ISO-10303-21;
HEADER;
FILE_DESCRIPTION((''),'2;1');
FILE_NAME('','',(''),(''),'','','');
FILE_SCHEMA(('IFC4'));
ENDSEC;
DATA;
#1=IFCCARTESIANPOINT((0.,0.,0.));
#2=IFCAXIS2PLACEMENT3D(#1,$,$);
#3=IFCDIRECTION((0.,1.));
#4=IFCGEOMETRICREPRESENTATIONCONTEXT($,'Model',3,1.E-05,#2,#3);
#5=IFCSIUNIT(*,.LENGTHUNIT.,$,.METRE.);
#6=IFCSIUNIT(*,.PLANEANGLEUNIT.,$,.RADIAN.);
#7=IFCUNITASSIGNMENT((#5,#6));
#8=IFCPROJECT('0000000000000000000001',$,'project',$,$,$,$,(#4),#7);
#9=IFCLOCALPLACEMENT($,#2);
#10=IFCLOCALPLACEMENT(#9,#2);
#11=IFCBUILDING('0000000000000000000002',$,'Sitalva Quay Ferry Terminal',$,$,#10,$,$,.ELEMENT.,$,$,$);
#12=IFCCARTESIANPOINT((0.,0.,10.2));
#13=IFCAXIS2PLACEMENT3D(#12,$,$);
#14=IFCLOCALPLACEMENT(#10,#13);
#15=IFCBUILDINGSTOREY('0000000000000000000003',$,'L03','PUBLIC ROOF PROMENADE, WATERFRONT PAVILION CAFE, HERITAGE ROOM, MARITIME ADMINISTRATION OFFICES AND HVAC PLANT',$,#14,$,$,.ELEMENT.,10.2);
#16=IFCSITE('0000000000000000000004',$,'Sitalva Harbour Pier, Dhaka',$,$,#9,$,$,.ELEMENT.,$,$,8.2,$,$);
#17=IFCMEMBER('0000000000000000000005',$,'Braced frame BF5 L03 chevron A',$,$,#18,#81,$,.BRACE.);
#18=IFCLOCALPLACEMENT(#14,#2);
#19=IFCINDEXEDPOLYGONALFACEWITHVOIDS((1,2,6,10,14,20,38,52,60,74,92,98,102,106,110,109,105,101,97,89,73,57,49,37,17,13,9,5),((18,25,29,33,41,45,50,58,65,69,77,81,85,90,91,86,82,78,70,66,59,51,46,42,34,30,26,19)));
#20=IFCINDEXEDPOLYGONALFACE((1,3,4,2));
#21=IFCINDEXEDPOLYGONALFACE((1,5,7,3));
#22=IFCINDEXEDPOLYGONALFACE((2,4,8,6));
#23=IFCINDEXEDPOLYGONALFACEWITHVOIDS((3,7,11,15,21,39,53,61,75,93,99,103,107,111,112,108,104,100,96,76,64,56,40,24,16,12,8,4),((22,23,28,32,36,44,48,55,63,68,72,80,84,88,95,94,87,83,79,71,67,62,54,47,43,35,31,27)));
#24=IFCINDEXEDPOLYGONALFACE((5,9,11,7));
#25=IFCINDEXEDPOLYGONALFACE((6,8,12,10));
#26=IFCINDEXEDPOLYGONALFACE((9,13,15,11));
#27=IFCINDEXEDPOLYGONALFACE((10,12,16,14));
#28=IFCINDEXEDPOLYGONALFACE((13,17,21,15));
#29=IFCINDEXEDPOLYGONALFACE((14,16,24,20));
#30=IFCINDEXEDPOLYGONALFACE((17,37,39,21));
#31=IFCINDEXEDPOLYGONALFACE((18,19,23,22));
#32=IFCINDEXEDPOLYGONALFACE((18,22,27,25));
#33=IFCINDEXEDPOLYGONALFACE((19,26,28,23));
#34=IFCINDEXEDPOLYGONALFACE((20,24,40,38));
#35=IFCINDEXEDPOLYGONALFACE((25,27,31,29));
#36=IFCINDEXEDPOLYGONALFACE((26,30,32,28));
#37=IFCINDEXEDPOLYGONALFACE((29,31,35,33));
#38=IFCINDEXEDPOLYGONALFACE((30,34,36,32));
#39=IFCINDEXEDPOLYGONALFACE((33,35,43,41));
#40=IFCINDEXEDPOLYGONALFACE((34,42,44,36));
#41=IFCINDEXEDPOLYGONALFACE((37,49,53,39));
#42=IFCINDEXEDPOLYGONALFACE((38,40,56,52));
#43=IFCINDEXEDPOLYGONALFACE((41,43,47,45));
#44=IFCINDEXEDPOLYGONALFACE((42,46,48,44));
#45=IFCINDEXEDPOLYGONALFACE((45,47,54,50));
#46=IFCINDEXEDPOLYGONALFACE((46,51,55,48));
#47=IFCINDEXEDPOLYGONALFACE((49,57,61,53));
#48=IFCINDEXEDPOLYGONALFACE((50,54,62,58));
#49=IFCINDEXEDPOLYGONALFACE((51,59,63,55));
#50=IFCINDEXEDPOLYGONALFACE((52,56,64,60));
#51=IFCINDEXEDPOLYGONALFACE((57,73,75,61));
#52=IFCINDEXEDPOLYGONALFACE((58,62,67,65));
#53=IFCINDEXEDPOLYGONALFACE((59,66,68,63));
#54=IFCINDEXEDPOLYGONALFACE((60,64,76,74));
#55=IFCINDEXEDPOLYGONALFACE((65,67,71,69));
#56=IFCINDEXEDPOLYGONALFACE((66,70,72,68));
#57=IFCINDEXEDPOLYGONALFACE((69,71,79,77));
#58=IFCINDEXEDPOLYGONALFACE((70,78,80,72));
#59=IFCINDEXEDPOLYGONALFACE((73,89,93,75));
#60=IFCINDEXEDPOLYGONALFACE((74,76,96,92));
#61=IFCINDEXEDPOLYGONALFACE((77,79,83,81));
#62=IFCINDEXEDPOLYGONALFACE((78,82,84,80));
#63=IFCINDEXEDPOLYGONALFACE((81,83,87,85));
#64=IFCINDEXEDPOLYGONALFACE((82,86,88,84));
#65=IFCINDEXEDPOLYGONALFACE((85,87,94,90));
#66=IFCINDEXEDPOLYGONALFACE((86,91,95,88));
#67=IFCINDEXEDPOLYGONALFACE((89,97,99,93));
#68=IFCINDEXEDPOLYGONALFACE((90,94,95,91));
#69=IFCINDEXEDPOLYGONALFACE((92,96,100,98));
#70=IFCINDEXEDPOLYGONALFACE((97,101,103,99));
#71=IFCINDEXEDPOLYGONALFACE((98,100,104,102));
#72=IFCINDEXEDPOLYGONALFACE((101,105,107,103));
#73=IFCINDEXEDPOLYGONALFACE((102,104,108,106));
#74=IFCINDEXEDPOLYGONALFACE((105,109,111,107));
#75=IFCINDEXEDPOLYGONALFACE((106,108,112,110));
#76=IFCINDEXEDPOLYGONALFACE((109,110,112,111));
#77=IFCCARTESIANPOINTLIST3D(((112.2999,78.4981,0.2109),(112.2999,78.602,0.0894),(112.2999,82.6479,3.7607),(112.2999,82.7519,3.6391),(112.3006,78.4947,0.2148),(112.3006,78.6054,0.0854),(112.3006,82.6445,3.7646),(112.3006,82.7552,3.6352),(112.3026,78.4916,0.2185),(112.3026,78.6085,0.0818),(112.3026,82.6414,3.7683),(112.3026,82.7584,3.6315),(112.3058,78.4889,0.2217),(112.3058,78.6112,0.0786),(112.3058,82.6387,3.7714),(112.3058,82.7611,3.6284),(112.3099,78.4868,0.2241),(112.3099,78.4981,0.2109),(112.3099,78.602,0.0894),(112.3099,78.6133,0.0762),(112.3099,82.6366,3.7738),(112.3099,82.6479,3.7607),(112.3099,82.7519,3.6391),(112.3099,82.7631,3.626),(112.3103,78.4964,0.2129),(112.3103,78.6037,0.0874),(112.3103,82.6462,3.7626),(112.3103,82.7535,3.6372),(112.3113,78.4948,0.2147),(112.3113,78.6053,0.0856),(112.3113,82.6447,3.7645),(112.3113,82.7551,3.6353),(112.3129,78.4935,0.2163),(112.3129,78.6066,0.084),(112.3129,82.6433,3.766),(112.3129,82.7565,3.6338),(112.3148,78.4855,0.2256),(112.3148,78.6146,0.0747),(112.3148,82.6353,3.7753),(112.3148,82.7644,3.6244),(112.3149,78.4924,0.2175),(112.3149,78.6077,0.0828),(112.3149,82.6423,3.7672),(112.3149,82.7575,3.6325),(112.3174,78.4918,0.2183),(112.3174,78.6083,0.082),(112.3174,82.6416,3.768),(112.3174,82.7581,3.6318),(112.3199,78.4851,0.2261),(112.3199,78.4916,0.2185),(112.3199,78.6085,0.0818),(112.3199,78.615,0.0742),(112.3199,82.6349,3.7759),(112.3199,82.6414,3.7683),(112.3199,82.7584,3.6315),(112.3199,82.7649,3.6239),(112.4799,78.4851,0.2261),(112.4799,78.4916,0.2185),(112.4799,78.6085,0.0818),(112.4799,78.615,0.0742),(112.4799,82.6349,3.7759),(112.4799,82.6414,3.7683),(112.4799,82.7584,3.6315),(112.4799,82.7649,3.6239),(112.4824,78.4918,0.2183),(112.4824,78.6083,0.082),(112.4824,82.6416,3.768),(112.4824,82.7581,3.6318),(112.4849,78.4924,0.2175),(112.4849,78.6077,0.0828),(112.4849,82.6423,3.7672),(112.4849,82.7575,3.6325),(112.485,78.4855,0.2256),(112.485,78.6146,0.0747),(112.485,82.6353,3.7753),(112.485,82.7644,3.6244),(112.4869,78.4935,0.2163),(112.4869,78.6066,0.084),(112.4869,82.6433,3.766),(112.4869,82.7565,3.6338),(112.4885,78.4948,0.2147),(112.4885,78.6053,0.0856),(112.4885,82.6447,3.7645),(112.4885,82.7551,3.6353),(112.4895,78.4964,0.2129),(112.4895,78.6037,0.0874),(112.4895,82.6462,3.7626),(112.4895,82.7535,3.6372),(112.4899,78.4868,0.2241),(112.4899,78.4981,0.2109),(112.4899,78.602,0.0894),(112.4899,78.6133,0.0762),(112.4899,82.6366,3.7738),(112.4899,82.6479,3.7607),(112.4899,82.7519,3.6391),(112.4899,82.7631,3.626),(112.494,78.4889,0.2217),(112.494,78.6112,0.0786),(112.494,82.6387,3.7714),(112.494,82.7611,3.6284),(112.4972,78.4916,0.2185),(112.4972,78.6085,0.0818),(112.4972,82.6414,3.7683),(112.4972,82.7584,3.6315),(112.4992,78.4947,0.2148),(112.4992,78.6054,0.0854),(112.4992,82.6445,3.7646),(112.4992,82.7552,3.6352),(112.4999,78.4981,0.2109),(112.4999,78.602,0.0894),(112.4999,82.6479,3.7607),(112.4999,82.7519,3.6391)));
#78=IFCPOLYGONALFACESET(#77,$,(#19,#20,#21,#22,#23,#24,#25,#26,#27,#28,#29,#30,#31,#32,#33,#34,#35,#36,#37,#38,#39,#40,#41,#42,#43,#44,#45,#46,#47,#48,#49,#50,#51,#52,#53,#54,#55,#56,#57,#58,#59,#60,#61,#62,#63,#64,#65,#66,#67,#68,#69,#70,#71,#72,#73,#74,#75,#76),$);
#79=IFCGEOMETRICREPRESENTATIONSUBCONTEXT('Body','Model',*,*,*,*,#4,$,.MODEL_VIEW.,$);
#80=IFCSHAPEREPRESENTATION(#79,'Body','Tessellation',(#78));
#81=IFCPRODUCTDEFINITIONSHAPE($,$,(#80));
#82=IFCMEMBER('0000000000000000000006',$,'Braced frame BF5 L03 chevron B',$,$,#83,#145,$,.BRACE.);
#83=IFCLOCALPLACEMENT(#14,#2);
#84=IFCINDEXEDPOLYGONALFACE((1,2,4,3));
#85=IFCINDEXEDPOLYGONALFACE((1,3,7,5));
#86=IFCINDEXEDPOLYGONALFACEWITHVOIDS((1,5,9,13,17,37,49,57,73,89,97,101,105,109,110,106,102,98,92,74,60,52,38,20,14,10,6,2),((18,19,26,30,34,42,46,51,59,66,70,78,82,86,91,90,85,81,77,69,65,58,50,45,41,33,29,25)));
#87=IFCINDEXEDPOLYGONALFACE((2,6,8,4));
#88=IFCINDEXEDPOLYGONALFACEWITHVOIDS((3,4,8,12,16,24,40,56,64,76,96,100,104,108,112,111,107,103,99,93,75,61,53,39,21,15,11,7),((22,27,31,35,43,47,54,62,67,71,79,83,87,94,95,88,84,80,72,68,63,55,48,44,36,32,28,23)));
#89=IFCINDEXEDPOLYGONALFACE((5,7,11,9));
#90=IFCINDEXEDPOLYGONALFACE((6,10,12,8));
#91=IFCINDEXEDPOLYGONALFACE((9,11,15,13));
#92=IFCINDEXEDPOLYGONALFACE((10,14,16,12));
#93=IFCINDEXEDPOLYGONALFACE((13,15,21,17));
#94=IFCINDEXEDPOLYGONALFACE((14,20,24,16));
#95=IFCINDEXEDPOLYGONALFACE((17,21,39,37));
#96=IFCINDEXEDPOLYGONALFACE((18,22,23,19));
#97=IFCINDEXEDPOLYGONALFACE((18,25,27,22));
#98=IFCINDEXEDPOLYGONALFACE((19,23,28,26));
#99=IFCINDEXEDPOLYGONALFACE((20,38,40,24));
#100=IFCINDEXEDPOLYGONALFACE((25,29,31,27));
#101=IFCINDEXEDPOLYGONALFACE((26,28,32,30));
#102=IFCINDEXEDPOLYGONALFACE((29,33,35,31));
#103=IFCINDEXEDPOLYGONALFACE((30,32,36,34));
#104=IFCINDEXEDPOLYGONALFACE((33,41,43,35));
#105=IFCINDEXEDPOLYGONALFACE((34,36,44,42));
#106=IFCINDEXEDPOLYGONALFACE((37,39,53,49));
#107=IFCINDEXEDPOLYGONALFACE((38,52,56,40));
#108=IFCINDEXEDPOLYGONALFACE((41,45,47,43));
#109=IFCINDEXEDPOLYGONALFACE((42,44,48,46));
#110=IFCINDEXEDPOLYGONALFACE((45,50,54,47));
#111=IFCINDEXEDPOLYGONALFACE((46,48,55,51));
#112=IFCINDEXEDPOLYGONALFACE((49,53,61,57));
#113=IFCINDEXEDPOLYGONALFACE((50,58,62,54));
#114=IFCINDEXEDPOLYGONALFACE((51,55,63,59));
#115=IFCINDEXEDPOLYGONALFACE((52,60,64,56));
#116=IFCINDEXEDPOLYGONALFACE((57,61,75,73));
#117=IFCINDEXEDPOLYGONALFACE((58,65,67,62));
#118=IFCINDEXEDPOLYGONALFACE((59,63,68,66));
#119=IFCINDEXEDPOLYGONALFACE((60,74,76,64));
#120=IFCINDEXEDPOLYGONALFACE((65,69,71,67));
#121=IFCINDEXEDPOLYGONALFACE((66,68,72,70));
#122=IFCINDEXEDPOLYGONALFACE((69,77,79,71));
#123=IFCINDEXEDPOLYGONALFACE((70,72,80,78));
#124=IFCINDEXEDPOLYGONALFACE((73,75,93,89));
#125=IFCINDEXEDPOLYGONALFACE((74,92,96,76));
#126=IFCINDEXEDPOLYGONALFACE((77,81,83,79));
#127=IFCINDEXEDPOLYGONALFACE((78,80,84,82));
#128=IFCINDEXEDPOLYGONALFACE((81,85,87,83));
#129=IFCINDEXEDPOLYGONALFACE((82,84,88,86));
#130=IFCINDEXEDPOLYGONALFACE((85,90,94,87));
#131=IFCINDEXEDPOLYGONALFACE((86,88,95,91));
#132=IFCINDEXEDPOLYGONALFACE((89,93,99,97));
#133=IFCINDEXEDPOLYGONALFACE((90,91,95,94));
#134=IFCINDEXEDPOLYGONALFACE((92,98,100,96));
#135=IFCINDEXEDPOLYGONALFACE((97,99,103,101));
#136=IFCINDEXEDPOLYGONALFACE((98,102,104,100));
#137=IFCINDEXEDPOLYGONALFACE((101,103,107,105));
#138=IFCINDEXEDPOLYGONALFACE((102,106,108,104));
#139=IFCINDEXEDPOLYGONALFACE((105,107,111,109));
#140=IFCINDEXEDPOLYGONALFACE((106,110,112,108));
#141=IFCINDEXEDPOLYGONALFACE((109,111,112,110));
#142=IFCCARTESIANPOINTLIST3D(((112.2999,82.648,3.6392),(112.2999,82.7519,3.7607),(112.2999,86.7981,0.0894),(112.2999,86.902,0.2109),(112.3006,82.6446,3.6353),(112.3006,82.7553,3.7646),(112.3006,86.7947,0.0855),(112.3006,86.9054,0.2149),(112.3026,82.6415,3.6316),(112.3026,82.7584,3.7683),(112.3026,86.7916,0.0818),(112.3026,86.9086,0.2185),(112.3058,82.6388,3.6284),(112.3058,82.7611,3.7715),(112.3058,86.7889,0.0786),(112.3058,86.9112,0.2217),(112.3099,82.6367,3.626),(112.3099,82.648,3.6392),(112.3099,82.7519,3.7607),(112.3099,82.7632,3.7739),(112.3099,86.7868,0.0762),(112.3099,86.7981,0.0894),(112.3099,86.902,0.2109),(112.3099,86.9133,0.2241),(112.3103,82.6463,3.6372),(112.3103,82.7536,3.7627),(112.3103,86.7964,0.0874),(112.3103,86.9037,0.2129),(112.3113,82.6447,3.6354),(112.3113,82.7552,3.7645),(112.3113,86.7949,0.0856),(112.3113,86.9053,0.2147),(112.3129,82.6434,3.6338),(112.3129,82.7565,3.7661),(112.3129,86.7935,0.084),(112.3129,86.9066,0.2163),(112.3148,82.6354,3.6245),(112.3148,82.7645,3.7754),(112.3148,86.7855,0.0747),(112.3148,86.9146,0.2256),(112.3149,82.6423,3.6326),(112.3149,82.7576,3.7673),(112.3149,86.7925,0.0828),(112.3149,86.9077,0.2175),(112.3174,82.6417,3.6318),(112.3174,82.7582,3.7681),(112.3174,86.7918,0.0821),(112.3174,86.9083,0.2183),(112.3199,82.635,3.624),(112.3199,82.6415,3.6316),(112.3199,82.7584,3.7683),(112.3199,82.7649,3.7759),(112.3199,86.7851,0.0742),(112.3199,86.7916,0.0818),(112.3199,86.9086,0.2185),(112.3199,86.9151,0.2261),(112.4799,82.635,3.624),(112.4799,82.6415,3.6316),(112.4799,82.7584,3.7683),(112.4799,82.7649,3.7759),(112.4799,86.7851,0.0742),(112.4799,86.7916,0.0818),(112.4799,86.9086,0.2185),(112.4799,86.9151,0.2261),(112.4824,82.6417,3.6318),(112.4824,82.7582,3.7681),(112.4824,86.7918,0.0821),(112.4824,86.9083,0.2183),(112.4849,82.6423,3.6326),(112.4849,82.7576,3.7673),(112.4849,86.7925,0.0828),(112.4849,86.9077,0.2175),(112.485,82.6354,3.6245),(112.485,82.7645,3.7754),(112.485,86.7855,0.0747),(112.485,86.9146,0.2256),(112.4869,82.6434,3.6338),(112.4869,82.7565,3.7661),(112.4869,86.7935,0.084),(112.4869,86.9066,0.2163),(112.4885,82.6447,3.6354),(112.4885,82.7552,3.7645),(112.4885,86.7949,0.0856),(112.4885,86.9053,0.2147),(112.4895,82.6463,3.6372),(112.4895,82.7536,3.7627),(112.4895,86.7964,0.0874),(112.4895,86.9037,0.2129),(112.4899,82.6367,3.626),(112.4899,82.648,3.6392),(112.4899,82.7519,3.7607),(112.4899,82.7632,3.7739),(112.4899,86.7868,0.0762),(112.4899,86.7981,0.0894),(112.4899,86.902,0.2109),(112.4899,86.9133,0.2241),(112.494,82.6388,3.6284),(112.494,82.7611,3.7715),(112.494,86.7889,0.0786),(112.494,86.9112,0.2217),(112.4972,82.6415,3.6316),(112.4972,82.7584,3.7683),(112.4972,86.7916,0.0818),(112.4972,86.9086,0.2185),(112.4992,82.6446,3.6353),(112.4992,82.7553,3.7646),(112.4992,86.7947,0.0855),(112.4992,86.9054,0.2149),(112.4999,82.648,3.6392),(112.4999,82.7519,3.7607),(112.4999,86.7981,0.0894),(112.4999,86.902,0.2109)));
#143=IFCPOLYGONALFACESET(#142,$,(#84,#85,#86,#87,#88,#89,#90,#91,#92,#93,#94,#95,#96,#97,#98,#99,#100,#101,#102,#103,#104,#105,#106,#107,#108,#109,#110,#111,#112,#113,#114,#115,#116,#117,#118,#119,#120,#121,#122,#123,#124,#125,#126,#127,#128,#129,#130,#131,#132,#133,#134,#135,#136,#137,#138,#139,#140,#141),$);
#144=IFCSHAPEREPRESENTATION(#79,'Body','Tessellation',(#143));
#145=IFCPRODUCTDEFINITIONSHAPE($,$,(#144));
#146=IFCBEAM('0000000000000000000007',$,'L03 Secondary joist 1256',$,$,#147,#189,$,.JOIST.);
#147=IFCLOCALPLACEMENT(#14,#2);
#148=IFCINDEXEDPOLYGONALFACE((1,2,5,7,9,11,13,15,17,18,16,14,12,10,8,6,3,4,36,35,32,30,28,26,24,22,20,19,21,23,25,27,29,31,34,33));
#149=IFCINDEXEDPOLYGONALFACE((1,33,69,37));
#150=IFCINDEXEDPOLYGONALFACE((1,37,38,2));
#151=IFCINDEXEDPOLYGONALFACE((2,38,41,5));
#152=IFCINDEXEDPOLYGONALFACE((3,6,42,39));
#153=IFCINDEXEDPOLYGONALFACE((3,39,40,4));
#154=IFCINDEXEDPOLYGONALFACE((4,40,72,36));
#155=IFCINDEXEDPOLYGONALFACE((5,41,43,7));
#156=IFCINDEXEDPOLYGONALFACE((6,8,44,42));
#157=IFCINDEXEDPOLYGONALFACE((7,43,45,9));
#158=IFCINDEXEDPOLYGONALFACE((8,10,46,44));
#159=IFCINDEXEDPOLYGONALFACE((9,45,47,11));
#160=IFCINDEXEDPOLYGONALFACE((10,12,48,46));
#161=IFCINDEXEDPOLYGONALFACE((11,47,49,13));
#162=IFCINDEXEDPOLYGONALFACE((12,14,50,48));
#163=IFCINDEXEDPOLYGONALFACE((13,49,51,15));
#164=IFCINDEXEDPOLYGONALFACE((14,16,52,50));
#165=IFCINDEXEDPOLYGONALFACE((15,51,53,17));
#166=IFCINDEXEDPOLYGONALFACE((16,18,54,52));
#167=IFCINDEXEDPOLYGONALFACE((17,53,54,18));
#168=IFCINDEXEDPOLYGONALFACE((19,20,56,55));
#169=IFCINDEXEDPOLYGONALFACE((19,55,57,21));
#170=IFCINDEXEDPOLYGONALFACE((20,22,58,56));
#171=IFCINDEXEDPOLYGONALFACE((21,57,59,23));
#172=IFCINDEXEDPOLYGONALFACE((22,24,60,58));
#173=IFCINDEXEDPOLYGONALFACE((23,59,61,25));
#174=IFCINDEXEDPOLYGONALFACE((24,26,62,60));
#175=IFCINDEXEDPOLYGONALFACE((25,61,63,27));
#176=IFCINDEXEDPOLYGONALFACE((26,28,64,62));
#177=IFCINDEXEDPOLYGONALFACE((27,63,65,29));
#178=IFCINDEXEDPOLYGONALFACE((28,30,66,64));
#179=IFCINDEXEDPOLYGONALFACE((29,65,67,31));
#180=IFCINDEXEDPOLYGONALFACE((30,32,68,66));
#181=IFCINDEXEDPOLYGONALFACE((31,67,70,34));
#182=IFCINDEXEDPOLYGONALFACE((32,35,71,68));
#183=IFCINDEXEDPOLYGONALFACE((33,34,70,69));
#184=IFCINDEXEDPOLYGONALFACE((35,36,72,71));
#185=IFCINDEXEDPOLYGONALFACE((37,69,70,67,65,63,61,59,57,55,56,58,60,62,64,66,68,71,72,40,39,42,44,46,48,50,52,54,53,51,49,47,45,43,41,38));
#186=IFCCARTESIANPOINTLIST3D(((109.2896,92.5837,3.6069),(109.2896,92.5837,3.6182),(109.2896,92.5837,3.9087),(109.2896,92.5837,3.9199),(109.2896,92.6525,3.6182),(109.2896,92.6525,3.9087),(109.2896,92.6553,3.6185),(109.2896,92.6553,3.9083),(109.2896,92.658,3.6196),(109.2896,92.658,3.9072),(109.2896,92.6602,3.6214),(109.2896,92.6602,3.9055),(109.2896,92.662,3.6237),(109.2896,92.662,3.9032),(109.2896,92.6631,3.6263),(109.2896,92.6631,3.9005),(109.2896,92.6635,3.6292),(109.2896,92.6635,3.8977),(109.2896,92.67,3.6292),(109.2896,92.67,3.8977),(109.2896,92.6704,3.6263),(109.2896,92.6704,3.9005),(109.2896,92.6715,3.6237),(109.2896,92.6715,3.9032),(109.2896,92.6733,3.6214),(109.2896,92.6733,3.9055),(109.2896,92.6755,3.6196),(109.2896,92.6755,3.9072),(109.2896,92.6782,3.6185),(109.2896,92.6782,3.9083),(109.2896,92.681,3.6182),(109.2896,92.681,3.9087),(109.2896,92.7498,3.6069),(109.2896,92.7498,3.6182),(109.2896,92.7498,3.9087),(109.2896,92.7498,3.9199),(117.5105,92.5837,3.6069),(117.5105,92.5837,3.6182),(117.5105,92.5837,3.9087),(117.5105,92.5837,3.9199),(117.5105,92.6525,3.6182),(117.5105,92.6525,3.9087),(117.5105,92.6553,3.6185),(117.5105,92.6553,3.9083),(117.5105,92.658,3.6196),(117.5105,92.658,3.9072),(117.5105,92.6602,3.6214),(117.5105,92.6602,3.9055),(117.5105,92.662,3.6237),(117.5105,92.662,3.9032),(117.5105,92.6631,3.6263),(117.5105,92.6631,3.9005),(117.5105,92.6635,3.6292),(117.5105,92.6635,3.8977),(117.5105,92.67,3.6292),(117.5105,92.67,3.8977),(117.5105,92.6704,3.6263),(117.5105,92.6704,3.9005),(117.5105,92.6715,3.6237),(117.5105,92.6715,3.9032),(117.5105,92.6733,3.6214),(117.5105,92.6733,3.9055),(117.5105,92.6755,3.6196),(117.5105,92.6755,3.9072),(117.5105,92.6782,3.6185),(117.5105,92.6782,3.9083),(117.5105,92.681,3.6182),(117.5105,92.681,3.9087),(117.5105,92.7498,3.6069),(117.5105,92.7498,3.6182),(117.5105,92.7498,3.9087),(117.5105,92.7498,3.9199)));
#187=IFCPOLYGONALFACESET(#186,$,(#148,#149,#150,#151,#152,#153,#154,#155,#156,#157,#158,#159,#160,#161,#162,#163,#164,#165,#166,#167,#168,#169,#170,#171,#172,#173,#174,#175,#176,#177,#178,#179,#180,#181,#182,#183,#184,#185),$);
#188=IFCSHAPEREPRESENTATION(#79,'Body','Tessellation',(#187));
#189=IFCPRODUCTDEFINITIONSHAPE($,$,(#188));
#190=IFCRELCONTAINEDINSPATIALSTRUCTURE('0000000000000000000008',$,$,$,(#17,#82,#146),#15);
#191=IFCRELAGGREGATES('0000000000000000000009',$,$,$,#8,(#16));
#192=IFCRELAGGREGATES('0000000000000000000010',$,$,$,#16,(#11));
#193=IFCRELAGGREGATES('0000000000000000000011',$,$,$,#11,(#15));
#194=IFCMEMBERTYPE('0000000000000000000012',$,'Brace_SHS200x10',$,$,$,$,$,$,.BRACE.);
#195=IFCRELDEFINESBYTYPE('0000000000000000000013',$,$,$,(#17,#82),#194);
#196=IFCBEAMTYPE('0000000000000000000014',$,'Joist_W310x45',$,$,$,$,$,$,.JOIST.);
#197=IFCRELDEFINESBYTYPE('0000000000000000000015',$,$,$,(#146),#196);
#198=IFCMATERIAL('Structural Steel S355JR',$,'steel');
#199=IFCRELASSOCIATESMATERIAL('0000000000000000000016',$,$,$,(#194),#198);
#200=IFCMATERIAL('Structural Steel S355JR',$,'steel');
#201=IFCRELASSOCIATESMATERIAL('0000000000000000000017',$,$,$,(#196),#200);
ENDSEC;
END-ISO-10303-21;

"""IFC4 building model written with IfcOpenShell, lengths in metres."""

from ifc_helpers import new_model, si_unit, direction, frame, origin, origin_2d, place, context, subcontext, project, spatial, hollow_rectangle, i_section, extrude, material, material_profile, profile_set, type_object, element, save


model = new_model("IFC4")

# Units and contexts
model_context = context("Model", 3, precision=1e-05, world=origin(), true_north=direction((0.0, 1.0)))
body_context = subcontext(model_context, "Body", "Model", "MODEL_VIEW")
ifc_project = project(units=[si_unit("LENGTHUNIT", "METRE"), si_unit("PLANEANGLEUNIT", "RADIAN")], contexts=[model_context])

# Site, building, storey
site_placement = place(None, origin())
site = spatial("IfcSite", under=ifc_project, at=site_placement, Name="Sitalva Harbour Pier, Dhaka", CompositionType="ELEMENT", RefElevation=8.2)
building_placement = place(site_placement, origin())
building = spatial("IfcBuilding", under=site, at=building_placement, Name="Sitalva Quay Ferry Terminal", CompositionType="ELEMENT")
storey_placement = place(building_placement, frame((0.0, 0.0, 10.2)))
storey = spatial("IfcBuildingStorey", under=building, at=storey_placement, Name="L03", Description="PUBLIC ROOF PROMENADE, WATERFRONT PAVILION CAFE, HERITAGE ROOM, MARITIME ADMINISTRATION OFFICES AND HVAC PLANT", CompositionType="ELEMENT", Elevation=10.2)

# Members
ifc_material_1 = material(Name="Structural Steel S355JR", Category="steel")
ifc_material_profile_1 = material_profile(ifc_material_1, hollow_rectangle(XDim=0.2, YDim=0.2, WallThickness=0.01, InnerFilletRadius=0.01, OuterFilletRadius=0.02, at=origin_2d()), Name="SHS200x200x10")
ifc_profile_set_1 = profile_set([ifc_material_profile_1], Name="Structural Steel S355JR")
member_type = type_object("IfcMemberType", Name="Brace_SHS200x10", PredefinedType="BRACE", material=ifc_profile_set_1)
member_1_placement = place(storey_placement, frame((112.3999, 78.55, 0.1501), z_axis=(0.0, 0.759913, 0.650025), x_axis=(-1.0, 0.0, 0.0)))
element("IfcMember", 1, at=member_1_placement, inside=storey, type_object=member_type, Name="Braced frame BF5 L03 chevron A", PredefinedType="BRACE", context=body_context, shape_type="SweptSolid", body=[
    extrude(hollow_rectangle(XDim=0.2, YDim=0.2, WallThickness=0.01, InnerFilletRadius=0.01, OuterFilletRadius=0.02, at=origin_2d()), origin(), (0.0, 0.0, 1.0), 5.4609),
])
member_2_placement = place(storey_placement, frame((112.3999, 82.7, 3.7), z_axis=(0.0, 0.759931, -0.650003), x_axis=(-1.0, 0.0, 0.0)))
element("IfcMember", 2, at=member_2_placement, inside=storey, type_object=member_type, Name="Braced frame BF5 L03 chevron B", PredefinedType="BRACE", context=body_context, shape_type="SweptSolid", body=[
    extrude(hollow_rectangle(XDim=0.2, YDim=0.2, WallThickness=0.01, InnerFilletRadius=0.01, OuterFilletRadius=0.02, at=origin_2d()), origin(), (0.0, 0.0, 1.0), 5.4612),
])

# Beam
ifc_material_2 = material(Name="Structural Steel S355JR", Category="steel")
ifc_material_profile_2 = material_profile(ifc_material_2, i_section(OverallWidth=0.166, OverallDepth=0.313, WebThickness=0.0066, FlangeThickness=0.0112, FilletRadius=0.011, at=origin_2d()), Name="W310x45")
ifc_profile_set_2 = profile_set([ifc_material_profile_2], Name="Structural Steel S355JR")
beam_type_1 = type_object("IfcBeamType", Name="Joist_W310x45", PredefinedType="JOIST", material=ifc_profile_set_2)
beam_1_placement = place(storey_placement, frame((109.2896, 92.6667, 3.7634), z_axis=(1.0, 0.0, 0.0), x_axis=(0.0, 1.0, 0.0)))
element("IfcBeam", 3, at=beam_1_placement, inside=storey, type_object=beam_type_1, Name="L03 Secondary joist 1256", PredefinedType="JOIST", context=body_context, shape_type="SweptSolid", body=[
    extrude(i_section(OverallWidth=0.166, OverallDepth=0.313, WebThickness=0.0066, FlangeThickness=0.0112, FilletRadius=0.011, at=origin_2d()), origin(), (0.0, 0.0, 1.0), 8.2209),
])

save(model, "model.ifc")
